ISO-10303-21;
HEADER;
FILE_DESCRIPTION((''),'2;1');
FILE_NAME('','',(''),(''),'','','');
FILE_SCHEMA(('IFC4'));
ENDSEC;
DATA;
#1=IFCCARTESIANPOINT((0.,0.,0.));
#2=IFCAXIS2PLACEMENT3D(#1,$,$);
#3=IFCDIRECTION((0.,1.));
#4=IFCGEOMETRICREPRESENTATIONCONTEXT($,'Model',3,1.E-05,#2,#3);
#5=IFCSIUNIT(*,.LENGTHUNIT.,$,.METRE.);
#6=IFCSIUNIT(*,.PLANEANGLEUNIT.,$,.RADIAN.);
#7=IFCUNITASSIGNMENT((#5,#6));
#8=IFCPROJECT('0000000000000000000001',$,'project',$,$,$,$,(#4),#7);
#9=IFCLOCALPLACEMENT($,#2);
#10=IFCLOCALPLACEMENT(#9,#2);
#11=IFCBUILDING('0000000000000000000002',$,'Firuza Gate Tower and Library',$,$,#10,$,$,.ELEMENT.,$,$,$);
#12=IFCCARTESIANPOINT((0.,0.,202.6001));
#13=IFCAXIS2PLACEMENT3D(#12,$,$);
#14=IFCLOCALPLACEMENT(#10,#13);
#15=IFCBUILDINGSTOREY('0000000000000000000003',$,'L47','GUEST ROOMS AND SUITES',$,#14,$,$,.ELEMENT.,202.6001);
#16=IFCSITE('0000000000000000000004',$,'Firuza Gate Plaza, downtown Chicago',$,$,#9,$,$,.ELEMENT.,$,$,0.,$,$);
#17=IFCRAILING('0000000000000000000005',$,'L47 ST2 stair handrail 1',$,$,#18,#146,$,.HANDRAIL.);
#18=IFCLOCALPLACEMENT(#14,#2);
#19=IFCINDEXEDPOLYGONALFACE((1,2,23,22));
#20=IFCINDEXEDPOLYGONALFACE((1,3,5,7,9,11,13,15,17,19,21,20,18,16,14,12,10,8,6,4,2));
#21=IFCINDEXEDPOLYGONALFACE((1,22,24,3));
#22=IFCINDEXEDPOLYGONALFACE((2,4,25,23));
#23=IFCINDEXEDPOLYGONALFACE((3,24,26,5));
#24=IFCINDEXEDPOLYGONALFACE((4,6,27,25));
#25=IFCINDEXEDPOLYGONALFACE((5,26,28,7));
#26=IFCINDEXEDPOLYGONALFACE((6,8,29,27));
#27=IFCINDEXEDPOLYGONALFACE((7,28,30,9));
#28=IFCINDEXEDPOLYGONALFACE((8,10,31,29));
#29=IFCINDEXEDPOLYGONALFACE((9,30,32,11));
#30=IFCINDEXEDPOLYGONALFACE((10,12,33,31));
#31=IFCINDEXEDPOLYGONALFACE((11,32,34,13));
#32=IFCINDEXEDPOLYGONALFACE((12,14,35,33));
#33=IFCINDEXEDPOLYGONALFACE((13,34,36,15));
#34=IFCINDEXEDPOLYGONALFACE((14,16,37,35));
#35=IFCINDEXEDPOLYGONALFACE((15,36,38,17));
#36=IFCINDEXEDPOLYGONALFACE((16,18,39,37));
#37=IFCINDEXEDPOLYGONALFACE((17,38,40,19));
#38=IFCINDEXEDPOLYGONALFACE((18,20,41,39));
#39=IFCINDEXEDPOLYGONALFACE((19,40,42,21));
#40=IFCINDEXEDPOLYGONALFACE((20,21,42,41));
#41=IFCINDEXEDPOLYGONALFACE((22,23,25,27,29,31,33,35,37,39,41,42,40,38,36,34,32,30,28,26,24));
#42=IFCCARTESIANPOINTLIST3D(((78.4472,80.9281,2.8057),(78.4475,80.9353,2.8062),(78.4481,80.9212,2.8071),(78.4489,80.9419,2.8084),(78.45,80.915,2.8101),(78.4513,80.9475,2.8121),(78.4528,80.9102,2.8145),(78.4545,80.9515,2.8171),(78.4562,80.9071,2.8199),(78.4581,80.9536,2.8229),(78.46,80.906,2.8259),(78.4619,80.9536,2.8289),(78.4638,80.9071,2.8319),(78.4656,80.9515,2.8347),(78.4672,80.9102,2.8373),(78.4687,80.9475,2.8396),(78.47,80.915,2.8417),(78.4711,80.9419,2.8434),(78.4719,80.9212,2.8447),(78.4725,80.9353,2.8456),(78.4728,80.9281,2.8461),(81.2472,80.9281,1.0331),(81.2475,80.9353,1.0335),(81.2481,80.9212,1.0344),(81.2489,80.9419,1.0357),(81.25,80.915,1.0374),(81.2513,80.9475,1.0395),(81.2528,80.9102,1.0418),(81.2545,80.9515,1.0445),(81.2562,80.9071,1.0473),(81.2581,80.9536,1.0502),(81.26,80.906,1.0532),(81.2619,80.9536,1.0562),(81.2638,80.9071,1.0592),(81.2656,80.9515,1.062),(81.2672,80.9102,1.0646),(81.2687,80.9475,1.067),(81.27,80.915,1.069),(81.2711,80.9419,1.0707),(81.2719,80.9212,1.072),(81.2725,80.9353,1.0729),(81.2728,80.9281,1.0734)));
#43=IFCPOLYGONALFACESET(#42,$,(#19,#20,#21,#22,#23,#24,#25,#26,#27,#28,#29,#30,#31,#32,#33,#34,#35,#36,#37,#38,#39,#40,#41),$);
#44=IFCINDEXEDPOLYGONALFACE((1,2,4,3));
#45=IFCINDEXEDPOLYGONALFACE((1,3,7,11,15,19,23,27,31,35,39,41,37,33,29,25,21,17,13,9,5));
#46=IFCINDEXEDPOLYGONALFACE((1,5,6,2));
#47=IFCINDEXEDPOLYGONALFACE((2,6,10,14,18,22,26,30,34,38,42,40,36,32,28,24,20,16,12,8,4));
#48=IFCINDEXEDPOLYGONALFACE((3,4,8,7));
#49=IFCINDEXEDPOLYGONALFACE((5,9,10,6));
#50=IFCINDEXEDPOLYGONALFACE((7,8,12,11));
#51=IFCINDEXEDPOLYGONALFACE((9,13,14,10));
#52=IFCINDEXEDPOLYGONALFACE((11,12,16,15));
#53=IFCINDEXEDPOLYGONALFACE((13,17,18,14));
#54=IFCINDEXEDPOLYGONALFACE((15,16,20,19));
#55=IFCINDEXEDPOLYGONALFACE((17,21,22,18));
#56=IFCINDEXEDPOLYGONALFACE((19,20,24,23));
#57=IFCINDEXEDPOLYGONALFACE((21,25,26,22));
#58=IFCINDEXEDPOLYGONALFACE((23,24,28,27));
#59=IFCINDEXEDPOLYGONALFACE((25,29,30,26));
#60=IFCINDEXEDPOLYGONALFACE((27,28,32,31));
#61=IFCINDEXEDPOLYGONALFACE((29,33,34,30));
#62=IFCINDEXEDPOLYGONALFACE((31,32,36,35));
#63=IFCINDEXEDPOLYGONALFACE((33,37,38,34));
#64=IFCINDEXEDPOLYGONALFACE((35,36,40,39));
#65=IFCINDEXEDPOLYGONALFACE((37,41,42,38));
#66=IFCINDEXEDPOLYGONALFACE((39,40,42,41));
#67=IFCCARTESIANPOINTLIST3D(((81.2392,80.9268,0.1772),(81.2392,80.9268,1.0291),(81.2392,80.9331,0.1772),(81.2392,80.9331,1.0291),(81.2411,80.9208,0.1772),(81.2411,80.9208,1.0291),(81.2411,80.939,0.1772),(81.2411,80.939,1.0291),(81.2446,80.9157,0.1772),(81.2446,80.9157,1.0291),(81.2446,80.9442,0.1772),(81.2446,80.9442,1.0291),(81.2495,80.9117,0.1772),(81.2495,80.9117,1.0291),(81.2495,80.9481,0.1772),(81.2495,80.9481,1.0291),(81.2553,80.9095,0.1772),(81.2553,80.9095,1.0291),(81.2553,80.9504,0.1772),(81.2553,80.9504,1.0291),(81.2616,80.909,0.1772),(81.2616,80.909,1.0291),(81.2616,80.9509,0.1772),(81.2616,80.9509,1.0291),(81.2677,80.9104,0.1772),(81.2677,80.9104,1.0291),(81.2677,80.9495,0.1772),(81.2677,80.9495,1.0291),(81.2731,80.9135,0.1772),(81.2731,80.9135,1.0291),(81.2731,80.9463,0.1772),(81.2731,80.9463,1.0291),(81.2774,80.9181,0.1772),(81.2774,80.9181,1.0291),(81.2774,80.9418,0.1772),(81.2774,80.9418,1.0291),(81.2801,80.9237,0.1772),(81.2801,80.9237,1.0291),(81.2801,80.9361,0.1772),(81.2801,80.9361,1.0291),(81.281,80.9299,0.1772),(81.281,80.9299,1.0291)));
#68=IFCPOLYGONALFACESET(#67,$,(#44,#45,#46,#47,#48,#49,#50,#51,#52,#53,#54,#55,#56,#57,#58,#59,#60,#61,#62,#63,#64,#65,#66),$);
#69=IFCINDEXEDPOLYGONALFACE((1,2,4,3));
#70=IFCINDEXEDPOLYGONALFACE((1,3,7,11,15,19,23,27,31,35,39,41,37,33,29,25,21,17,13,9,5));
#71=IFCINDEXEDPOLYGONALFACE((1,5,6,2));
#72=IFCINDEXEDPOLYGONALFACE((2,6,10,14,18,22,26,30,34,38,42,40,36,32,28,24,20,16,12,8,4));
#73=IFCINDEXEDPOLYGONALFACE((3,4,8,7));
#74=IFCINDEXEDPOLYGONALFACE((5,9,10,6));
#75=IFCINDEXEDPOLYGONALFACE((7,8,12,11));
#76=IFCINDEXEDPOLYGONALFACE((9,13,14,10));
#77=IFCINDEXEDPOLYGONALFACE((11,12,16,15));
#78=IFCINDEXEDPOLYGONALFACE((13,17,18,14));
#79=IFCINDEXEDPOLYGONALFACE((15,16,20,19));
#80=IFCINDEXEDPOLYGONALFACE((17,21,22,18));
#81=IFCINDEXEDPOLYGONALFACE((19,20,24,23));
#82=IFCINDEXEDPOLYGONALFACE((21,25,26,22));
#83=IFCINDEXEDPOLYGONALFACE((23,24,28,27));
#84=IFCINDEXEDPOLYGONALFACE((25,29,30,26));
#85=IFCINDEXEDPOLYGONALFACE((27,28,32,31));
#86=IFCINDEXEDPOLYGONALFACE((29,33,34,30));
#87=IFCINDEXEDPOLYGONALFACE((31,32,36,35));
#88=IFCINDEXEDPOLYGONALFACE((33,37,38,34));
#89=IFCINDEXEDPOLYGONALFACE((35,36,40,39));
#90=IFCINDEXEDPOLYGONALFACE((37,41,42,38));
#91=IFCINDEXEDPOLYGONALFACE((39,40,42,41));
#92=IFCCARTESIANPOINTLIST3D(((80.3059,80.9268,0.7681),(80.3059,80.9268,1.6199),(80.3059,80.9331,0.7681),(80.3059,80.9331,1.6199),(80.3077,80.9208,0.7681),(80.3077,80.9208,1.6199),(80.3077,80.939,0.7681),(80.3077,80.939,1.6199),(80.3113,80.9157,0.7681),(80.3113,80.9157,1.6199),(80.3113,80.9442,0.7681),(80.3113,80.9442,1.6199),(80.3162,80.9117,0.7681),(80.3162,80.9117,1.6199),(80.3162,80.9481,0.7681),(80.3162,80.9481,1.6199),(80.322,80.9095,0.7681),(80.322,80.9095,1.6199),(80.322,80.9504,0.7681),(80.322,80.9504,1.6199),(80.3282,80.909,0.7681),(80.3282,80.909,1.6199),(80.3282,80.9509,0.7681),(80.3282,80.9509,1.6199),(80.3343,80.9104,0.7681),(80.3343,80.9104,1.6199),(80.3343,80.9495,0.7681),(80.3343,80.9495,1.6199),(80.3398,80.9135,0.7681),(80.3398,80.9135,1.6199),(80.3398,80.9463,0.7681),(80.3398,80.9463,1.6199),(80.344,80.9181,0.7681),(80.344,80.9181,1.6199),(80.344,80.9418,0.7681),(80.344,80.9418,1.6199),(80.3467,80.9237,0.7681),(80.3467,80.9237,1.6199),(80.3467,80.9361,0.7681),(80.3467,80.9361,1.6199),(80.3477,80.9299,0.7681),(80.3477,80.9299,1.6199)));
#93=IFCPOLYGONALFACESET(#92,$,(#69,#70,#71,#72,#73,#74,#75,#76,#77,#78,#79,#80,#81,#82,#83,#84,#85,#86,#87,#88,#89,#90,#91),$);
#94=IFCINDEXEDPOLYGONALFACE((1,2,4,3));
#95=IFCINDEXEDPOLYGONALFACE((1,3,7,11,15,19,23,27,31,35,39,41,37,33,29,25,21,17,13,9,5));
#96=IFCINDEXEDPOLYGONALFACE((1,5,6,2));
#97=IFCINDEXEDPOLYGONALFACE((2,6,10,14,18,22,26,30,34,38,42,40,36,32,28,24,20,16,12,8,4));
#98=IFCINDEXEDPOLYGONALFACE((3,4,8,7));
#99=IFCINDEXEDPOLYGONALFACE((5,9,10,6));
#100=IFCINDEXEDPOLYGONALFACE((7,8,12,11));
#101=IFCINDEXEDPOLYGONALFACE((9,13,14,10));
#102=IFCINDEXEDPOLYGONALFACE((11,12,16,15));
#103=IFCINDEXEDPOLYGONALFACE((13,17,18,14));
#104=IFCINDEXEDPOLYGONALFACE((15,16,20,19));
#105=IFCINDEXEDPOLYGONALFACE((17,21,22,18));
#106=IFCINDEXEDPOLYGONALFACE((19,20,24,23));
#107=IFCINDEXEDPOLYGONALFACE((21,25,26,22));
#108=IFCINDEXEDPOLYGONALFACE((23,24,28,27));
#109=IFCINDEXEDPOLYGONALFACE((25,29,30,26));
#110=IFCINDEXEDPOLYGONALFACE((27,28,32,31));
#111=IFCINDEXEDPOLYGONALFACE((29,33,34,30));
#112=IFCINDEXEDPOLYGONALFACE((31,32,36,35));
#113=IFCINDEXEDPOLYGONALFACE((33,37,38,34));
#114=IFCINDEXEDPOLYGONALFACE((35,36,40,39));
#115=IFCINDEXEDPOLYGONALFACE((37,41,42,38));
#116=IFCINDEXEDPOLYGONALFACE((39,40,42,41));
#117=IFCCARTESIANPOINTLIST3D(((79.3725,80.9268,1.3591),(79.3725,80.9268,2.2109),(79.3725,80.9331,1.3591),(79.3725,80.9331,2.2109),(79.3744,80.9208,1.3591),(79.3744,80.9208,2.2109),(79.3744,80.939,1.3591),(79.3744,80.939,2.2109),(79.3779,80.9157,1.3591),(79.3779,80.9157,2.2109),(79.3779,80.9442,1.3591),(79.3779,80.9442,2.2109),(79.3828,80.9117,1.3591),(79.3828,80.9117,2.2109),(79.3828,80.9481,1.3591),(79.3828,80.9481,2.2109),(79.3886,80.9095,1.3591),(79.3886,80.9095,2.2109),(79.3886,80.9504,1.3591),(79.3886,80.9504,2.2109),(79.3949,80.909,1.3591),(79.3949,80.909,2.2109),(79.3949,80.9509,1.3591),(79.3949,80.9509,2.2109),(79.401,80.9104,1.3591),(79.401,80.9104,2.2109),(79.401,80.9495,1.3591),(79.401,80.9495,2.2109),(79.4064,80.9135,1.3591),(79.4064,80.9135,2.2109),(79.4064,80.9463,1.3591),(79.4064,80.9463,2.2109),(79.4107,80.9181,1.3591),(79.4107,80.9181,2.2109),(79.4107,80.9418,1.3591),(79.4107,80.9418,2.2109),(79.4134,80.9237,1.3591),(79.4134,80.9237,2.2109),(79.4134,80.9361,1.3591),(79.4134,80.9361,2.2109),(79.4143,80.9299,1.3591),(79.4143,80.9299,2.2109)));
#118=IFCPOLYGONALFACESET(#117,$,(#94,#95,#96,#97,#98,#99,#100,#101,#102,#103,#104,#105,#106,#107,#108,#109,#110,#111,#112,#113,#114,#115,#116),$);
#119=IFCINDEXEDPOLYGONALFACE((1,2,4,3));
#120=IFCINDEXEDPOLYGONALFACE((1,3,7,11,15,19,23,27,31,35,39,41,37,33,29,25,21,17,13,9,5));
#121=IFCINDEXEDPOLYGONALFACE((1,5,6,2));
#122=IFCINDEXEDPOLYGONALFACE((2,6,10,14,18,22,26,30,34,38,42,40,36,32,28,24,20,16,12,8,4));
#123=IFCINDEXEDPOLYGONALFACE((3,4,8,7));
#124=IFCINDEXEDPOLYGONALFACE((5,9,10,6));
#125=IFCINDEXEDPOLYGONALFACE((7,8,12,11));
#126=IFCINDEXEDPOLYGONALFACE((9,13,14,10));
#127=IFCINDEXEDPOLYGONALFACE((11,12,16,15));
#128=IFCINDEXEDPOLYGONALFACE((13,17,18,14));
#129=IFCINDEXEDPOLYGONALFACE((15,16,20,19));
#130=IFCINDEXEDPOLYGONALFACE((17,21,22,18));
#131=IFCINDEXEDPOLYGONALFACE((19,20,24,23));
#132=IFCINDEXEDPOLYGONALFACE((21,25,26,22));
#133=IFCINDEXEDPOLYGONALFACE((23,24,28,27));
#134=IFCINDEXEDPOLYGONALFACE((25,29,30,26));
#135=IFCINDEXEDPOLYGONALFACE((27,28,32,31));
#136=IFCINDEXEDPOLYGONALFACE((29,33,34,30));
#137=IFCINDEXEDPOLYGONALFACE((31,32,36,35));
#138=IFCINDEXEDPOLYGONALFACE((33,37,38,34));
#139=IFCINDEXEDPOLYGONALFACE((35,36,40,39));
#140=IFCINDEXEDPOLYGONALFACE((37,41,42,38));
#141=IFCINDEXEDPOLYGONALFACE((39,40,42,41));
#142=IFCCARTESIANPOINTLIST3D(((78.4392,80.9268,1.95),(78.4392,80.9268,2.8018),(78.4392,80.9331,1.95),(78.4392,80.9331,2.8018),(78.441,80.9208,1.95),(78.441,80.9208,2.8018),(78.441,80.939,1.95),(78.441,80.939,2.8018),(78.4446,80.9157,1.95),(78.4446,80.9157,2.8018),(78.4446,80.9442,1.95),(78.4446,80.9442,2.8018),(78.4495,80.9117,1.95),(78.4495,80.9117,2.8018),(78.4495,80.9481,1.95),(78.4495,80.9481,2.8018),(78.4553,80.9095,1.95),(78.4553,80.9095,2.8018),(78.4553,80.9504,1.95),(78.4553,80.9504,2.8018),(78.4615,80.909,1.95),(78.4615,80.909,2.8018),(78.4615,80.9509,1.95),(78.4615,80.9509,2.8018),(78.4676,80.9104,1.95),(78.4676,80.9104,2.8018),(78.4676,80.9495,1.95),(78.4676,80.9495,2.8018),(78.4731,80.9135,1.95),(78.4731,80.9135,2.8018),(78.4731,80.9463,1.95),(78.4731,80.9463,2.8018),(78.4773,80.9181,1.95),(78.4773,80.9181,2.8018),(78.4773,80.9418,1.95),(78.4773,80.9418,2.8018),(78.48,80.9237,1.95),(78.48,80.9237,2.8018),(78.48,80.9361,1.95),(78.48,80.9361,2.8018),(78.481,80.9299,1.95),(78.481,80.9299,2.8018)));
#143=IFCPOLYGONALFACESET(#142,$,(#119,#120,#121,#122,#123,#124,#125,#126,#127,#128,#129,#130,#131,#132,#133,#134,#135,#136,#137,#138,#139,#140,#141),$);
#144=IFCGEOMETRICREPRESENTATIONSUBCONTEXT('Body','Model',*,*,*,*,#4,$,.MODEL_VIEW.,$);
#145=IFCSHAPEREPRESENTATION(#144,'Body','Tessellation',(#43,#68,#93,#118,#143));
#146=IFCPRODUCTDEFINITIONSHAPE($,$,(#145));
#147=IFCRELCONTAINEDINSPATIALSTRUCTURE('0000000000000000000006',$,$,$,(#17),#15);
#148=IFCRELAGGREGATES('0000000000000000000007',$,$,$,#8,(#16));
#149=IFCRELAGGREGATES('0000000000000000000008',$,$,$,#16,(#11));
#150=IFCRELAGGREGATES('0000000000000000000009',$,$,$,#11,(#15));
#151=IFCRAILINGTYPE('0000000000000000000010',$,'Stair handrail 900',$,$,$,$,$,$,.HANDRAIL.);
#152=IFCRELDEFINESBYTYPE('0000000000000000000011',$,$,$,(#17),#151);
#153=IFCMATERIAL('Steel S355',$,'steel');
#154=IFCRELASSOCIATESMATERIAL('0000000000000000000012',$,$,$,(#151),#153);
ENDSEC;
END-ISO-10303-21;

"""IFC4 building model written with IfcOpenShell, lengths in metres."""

from ifc_helpers import new_model, si_unit, direction, frame, origin, origin_2d, place, context, subcontext, project, spatial, circle, extrude, material, type_object, element, save


model = new_model("IFC4")

# Units and contexts
model_context = context("Model", 3, precision=1e-05, world=origin(), true_north=direction((0.0, 1.0)))
body_context = subcontext(model_context, "Body", "Model", "MODEL_VIEW")
ifc_project = project(units=[si_unit("LENGTHUNIT", "METRE"), si_unit("PLANEANGLEUNIT", "RADIAN")], contexts=[model_context])

# Site, building, storey
site_placement = place(None, origin())
site = spatial("IfcSite", under=ifc_project, at=site_placement, Name="Firuza Gate Plaza, downtown Chicago", CompositionType="ELEMENT", RefElevation=0.0)
building_placement = place(site_placement, origin())
building = spatial("IfcBuilding", under=site, at=building_placement, Name="Firuza Gate Tower and Library", CompositionType="ELEMENT")
storey_placement = place(building_placement, frame((0.0, 0.0, 202.6001)))
storey = spatial("IfcBuildingStorey", under=building, at=storey_placement, Name="L47", Description="GUEST ROOMS AND SUITES", CompositionType="ELEMENT", Elevation=202.6001)

# Railing
ifc_material_1 = material(Name="Steel S355", Category="steel")
railing_type_1 = type_object("IfcRailingType", Name="Stair handrail 900", PredefinedType="HANDRAIL", material=ifc_material_1)
railing_1_placement = place(storey_placement, frame((81.26, 80.9299, 0.1772)))
element("IfcRailing", 1, at=railing_1_placement, inside=storey, type_object=railing_type_1, Name="L47 ST2 stair handrail 1", PredefinedType="HANDRAIL", context=body_context, shape_type="SweptSolid", body=[
    extrude(circle(Radius=0.0239, at=origin_2d()), frame((0.0, 0.0, 0.876), z_axis=(-0.844909, 0.0, 0.53491), x_axis=(0.0, -1.0, 0.0)), (0.0, 0.0, 1.0), 3.314),
    extrude(circle(Radius=0.021, at=origin_2d()), origin(), (0.0, 0.0, 1.0), 0.8518),
    extrude(circle(Radius=0.021, at=origin_2d()), frame((-0.9333, 0.0, 0.5908)), (0.0, 0.0, 1.0), 0.8518),
    extrude(circle(Radius=0.021, at=origin_2d()), frame((-1.8667, 0.0, 1.1819)), (0.0, 0.0, 1.0), 0.8518),
    extrude(circle(Radius=0.021, at=origin_2d()), frame((-2.8, 0.0, 1.7727)), (0.0, 0.0, 1.0), 0.8518),
])

save(model, "model.ifc")
